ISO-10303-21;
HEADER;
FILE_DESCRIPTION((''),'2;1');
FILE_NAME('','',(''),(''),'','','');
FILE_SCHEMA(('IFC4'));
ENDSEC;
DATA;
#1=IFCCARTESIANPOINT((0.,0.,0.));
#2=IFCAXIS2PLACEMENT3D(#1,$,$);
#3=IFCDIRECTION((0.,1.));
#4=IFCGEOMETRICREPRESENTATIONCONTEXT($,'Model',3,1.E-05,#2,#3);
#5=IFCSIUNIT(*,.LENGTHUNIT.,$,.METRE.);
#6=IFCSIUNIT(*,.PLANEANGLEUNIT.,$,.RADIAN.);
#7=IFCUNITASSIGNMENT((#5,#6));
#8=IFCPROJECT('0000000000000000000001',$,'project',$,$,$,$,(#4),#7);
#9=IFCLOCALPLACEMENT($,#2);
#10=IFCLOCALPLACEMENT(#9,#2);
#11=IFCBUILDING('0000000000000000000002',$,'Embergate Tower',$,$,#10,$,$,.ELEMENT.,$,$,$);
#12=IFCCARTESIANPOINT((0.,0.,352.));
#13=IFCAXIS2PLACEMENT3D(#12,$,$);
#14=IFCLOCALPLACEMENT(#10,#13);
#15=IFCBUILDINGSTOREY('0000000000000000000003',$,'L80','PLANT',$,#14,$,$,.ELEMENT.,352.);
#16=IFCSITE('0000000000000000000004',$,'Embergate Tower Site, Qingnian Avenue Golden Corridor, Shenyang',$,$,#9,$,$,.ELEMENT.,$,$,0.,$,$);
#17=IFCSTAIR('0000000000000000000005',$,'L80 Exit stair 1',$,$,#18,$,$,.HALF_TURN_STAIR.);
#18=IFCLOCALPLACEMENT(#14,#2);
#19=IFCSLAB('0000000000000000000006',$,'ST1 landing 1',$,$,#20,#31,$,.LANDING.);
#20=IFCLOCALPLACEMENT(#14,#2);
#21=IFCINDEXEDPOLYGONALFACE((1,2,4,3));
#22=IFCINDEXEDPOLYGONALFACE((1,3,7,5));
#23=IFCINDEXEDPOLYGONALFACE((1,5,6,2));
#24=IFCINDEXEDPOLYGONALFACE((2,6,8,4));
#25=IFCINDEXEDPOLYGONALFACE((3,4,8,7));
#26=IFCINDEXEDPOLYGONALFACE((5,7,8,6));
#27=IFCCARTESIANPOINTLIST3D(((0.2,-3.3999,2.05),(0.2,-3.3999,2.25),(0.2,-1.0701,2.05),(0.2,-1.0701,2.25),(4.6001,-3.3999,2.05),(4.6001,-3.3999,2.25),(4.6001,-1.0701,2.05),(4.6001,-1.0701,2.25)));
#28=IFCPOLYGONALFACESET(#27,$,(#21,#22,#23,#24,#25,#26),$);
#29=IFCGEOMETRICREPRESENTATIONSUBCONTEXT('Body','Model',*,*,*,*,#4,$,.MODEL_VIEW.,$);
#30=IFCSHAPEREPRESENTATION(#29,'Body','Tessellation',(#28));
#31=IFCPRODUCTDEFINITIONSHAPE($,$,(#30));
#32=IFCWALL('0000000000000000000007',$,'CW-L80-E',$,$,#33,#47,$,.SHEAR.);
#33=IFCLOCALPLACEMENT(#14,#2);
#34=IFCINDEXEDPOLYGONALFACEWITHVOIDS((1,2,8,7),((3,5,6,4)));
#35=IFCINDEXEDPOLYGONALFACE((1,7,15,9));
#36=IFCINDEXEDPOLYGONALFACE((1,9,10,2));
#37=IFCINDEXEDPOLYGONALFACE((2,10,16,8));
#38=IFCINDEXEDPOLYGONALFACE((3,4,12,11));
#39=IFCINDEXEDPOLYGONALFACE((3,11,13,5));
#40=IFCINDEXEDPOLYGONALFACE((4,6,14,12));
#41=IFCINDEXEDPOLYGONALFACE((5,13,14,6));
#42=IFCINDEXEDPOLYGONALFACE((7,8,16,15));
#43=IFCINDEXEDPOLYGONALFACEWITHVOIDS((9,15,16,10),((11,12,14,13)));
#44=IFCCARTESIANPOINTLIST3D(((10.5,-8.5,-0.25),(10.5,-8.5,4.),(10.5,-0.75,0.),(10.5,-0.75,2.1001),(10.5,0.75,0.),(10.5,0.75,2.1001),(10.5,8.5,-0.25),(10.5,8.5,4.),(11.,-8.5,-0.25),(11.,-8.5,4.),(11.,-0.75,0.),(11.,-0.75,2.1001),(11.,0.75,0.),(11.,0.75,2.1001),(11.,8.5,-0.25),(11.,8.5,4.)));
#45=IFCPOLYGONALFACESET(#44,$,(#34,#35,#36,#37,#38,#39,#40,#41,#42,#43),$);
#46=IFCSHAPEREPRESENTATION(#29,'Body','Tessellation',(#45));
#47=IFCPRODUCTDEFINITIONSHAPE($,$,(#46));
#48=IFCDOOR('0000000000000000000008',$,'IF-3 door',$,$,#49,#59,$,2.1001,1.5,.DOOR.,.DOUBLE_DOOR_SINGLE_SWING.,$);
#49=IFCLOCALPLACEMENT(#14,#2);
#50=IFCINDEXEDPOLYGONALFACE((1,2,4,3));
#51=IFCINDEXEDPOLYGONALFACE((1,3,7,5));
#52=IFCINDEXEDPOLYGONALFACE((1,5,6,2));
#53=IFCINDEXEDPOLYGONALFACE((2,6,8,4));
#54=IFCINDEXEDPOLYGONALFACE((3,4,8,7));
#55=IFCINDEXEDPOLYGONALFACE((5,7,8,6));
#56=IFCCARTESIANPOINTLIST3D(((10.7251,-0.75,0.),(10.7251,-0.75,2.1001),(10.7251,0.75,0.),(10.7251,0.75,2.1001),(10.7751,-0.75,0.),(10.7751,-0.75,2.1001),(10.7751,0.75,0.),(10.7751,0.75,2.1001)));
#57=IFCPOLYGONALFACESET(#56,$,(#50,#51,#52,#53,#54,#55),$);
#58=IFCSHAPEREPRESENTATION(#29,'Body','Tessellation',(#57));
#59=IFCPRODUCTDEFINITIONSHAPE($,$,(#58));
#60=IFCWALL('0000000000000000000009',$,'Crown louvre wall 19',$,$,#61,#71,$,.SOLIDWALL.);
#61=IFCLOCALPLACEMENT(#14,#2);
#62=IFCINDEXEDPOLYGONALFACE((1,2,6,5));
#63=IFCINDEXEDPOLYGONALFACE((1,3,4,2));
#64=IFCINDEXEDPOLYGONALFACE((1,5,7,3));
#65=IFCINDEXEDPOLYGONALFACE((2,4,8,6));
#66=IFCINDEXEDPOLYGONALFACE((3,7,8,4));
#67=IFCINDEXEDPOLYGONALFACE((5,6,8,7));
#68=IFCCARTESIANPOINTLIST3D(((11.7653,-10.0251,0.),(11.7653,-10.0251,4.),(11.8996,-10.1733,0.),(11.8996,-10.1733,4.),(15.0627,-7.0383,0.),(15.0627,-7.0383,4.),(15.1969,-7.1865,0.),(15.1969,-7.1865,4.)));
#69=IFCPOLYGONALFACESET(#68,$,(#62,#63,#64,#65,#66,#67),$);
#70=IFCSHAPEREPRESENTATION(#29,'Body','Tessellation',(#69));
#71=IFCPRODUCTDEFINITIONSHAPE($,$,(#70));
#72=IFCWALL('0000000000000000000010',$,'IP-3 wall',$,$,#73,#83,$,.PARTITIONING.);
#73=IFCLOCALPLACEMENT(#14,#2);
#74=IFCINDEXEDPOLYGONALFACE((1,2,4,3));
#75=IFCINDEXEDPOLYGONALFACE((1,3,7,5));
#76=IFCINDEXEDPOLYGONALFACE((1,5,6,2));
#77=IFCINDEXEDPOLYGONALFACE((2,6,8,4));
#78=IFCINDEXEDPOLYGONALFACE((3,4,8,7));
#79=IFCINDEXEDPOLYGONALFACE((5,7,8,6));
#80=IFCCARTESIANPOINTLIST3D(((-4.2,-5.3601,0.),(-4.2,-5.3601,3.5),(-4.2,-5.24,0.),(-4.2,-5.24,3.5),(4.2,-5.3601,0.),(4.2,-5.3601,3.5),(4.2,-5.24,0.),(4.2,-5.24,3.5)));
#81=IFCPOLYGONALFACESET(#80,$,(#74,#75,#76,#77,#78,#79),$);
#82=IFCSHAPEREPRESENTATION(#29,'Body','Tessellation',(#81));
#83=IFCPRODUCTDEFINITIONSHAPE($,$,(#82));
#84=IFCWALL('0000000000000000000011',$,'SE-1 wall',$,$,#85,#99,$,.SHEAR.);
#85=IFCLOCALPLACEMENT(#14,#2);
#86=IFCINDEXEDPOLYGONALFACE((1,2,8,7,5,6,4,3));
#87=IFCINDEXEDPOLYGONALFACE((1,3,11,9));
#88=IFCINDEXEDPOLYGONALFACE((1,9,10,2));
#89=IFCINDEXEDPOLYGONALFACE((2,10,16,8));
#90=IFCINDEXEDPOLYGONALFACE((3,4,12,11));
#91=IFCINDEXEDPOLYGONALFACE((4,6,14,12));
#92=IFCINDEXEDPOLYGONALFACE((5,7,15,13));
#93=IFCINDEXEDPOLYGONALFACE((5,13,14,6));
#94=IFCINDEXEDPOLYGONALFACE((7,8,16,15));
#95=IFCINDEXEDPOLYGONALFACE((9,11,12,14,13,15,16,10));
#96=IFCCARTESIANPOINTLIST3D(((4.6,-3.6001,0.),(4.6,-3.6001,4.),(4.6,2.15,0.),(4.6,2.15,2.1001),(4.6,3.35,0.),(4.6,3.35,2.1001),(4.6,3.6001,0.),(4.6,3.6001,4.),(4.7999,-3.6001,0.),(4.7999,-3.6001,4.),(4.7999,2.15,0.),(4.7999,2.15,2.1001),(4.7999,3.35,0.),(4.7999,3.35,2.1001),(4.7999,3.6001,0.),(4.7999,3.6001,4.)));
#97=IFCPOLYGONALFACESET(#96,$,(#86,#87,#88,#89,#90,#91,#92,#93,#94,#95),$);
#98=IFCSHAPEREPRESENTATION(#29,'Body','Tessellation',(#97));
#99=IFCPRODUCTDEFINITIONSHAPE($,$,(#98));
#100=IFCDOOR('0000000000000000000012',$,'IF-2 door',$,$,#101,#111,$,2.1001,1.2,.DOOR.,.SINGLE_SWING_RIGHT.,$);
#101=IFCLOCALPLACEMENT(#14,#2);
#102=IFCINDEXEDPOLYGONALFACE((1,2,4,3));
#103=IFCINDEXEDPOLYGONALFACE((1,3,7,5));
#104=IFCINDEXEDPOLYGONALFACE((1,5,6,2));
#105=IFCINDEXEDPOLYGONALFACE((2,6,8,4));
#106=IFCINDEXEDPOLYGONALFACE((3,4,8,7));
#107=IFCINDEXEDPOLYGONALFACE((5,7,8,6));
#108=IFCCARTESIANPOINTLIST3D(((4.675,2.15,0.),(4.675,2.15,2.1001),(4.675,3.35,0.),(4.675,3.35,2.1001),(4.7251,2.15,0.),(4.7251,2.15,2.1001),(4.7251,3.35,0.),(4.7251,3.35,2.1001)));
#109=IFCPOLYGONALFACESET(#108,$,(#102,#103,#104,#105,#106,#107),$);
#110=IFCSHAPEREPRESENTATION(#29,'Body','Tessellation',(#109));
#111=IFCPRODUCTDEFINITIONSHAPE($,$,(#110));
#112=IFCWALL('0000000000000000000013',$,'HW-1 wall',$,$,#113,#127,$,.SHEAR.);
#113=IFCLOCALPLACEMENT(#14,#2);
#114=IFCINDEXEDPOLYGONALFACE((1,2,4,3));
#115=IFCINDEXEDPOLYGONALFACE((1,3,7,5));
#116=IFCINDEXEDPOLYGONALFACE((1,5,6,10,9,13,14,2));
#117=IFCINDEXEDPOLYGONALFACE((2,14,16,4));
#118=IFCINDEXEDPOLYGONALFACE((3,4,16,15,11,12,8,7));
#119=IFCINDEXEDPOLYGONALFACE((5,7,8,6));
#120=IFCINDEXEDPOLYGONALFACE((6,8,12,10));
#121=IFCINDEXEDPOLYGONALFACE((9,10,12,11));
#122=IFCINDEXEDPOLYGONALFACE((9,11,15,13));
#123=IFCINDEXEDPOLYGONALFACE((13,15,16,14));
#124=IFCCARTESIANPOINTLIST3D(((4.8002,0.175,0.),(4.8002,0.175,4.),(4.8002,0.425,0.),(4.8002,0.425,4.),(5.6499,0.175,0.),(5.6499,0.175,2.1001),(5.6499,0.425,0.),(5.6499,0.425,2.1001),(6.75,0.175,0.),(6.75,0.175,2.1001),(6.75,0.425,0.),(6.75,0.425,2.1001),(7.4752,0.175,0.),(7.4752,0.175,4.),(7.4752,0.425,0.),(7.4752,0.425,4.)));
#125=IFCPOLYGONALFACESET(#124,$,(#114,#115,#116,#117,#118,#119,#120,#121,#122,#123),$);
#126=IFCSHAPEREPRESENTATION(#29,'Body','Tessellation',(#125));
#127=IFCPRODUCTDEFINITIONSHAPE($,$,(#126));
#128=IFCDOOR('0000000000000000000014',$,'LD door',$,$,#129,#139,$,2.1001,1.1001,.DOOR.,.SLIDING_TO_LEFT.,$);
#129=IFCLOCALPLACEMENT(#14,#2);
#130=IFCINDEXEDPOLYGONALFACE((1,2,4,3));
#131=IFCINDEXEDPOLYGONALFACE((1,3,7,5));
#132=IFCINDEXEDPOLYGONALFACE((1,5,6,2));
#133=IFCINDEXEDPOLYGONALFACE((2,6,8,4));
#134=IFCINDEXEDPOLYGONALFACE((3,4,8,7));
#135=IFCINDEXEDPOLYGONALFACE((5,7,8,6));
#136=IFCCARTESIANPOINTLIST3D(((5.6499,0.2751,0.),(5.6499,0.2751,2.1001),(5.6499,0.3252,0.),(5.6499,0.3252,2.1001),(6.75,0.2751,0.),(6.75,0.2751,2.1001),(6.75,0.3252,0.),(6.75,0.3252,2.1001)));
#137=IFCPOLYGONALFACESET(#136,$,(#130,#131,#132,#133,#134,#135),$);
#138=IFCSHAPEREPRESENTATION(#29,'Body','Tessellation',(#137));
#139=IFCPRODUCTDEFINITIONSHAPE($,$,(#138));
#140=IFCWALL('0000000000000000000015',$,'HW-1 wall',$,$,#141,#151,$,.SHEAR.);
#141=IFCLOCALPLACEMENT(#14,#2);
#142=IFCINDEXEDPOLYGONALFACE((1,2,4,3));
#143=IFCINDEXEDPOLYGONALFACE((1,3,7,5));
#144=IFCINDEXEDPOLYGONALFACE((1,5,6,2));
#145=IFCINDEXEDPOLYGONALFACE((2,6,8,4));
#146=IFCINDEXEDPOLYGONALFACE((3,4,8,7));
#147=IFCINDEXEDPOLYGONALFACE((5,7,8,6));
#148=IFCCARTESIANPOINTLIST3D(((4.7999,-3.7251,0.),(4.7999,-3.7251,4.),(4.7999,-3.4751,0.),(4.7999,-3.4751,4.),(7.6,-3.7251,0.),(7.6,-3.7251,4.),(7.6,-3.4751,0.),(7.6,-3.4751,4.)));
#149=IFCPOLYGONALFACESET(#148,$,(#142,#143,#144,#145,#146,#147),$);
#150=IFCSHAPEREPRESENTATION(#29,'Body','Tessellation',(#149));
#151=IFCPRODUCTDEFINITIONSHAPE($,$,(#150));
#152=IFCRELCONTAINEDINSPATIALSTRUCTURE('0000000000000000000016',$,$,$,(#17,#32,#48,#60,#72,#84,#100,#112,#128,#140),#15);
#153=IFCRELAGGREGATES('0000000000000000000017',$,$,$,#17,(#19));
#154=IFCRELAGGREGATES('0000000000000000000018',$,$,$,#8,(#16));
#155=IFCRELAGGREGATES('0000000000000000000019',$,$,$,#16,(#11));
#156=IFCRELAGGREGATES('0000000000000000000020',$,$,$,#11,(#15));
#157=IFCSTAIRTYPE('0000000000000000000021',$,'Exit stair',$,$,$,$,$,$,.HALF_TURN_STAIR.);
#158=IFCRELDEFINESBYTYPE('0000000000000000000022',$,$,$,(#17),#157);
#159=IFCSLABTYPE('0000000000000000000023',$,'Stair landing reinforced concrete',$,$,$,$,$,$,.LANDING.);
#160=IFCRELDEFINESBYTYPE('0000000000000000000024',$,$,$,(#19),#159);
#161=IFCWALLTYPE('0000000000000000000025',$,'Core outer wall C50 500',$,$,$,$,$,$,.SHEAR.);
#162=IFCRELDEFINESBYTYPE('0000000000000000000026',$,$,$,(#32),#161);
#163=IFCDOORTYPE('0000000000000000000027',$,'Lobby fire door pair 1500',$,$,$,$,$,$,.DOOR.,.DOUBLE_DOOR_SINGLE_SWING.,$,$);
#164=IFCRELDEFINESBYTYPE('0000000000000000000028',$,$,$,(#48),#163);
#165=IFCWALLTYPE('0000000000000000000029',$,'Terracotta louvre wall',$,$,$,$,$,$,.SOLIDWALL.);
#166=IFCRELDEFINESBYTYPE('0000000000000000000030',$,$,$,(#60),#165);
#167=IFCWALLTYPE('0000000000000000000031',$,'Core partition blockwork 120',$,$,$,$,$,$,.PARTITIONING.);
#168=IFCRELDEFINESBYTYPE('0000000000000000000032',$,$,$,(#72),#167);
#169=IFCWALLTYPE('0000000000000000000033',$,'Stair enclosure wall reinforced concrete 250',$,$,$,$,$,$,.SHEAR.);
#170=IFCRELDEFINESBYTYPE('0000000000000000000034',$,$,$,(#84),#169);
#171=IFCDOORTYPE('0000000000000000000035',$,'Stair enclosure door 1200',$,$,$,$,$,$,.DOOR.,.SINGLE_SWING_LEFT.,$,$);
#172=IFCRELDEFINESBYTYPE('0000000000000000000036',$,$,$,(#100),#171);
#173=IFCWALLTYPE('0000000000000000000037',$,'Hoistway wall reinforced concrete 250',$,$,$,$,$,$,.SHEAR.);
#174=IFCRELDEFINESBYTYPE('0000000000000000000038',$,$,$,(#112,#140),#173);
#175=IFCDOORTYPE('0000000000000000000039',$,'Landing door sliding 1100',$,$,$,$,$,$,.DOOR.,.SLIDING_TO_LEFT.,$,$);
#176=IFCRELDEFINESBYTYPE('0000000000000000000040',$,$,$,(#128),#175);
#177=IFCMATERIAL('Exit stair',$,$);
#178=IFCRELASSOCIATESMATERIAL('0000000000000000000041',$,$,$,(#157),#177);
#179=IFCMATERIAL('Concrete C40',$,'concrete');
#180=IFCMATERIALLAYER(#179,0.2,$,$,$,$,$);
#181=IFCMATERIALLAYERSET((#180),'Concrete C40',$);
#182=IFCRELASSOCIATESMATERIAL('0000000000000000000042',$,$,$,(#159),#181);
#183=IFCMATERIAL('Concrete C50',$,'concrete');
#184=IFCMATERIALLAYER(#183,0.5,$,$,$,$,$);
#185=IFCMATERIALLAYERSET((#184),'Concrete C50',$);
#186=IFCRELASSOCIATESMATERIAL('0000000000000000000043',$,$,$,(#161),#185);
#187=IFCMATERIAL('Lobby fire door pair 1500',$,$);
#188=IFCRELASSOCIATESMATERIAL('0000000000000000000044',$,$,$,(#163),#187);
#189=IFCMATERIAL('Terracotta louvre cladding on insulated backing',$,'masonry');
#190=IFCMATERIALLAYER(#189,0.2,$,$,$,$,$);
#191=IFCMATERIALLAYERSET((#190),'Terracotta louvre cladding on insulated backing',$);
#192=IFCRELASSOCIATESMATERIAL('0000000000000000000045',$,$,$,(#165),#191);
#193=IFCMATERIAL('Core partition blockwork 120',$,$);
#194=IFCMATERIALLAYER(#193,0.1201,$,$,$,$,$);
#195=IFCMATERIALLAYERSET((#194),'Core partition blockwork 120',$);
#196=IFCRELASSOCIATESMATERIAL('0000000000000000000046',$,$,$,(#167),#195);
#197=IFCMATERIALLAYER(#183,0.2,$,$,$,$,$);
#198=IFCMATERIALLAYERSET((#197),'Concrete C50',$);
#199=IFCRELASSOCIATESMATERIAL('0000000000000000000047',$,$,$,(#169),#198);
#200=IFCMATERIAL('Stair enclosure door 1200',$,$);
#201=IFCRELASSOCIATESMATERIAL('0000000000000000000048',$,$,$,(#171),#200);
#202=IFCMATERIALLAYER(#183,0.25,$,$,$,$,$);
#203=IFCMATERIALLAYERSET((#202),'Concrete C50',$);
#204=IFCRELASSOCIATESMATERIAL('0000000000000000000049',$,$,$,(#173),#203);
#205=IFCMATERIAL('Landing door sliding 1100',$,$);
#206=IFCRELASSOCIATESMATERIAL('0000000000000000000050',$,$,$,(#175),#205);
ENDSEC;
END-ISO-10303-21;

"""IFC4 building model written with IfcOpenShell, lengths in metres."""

from ifc_helpers import new_model, si_unit, direction, frame, frame_2d, origin, place, context, subcontext, project, spatial, polyline, rectangle, outline, extrude, source, transform, mapped, material, layer, layer_set, type_object, element, fill, aggregate, save


model = new_model("IFC4")

# Units and contexts
model_context = context("Model", 3, precision=1e-05, world=origin(), true_north=direction((0.0, 1.0)))
body_context = subcontext(model_context, "Body", "Model", "MODEL_VIEW")
ifc_project = project(units=[si_unit("LENGTHUNIT", "METRE"), si_unit("PLANEANGLEUNIT", "RADIAN")], contexts=[model_context])

# Site, building, storey
site_placement = place(None, origin())
site = spatial("IfcSite", under=ifc_project, at=site_placement, Name="Embergate Tower Site, Qingnian Avenue Golden Corridor, Shenyang", CompositionType="ELEMENT", RefElevation=0.0)
building_placement = place(site_placement, origin())
building = spatial("IfcBuilding", under=site, at=building_placement, Name="Embergate Tower", CompositionType="ELEMENT")
storey_placement = place(building_placement, frame((0.0, 0.0, 352.0)))
storey = spatial("IfcBuildingStorey", under=building, at=storey_placement, Name="L80", Description="PLANT", CompositionType="ELEMENT", Elevation=352.0)

# Stair, slab
ifc_material_1 = material(Name="Exit stair")
stair_type = type_object("IfcStairType", Name="Exit stair", PredefinedType="HALF_TURN_STAIR", material=ifc_material_1)
stair_1_placement = place(storey_placement, origin())
stair_1 = element("IfcStair", 1, at=stair_1_placement, inside=storey, type_object=stair_type, Name="L80 Exit stair 1", PredefinedType="HALF_TURN_STAIR")
ifc_material_2 = material(Name="Concrete C40", Category="concrete")
ifc_layer_1 = layer(ifc_material_2, 0.2)
ifc_layer_set_1 = layer_set([ifc_layer_1], Name="Concrete C40")
slab_type = type_object("IfcSlabType", Name="Stair landing reinforced concrete", PredefinedType="LANDING", material=ifc_layer_set_1)
shared_shape_1 = source(origin(), body_context, "Body", "SweptSolid", [
    extrude(outline(polyline([(0.0, 0.0), (4.4001, 0.0), (4.4001, 2.3298), (0.0, 2.3298), (0.0, 0.0)])), origin(), (0.0, 0.0, 1.0), 0.2),
])
slab_placement = place(storey_placement, frame((0.2, -3.3999, 2.05)))
slab = element("IfcSlab", 2, at=slab_placement, type_object=slab_type, Name="ST1 landing 1", PredefinedType="LANDING", context=body_context, shape_type="MappedRepresentation", body=[
    mapped(shared_shape_1, transform((0.0, 0.0, 0.0))),
])

# Wall, opening, door
ifc_material_3 = material(Name="Concrete C50", Category="concrete")
ifc_layer_2 = layer(ifc_material_3, 0.5)
ifc_layer_set_2 = layer_set([ifc_layer_2], Name="Concrete C50")
wall_type_1 = type_object("IfcWallType", Name="Core outer wall C50 500", PredefinedType="SHEAR", material=ifc_layer_set_2)
shared_shape_2 = source(origin(), body_context, "Body", "SweptSolid", [
    extrude(rectangle(XDim=17.0, YDim=0.5, at=frame_2d((8.5, 0.0))), origin(), (0.0, 0.0, 1.0), 4.25),
])
wall_1_placement = place(storey_placement, frame((10.75, -8.5, -0.25), z_axis=(0.0, 0.0, 1.0), x_axis=(0.0, 1.0, 0.0)))
wall_1 = element("IfcWall", 3, at=wall_1_placement, inside=storey, type_object=wall_type_1, Name="CW-L80-E", PredefinedType="SHEAR", context=body_context, shape_type="MappedRepresentation", body=[
    mapped(shared_shape_2, transform((0.0, 0.0, 0.0))),
])
shared_shape_3 = source(origin(), body_context, "Body", "SweptSolid", [
    extrude(rectangle(XDim=1.5, YDim=2.1001, at=frame_2d((0.75, 1.05))), frame((0.0, 0.26, 0.0), z_axis=(0.0, -1.0, 0.0), x_axis=(1.0, 0.0, 0.0)), (0.0, 0.0, 1.0), 0.52),
])
opening_1_placement = place(wall_1_placement, frame((7.75, 0.0, 0.25)))
opening_1 = element("IfcOpeningElement", 4, at=opening_1_placement, cuts=wall_1, PredefinedType="OPENING", context=body_context, shape_type="MappedRepresentation", body=[
    mapped(shared_shape_3, transform((0.0, 0.0, 0.0))),
])
ifc_material_4 = material(Name="Lobby fire door pair 1500")
door_type_1 = type_object("IfcDoorType", Name="Lobby fire door pair 1500", OperationType="DOUBLE_DOOR_SINGLE_SWING", PredefinedType="DOOR", material=ifc_material_4)
shared_shape_4 = source(origin(), body_context, "Body", "SweptSolid", [
    extrude(rectangle(XDim=1.5, YDim=2.1001, at=frame_2d((0.75, 1.05))), frame((0.0, 0.0249, 0.0), z_axis=(0.0, -1.0, 0.0), x_axis=(1.0, 0.0, 0.0)), (0.0, 0.0, 1.0), 0.05),
])
door_1_placement = place(opening_1_placement, origin())
door_1 = element("IfcDoor", 5, at=door_1_placement, inside=storey, type_object=door_type_1, Name="IF-3 door", OperationType="DOUBLE_DOOR_SINGLE_SWING", OverallHeight=2.1001, OverallWidth=1.5, PredefinedType="DOOR", context=body_context, shape_type="MappedRepresentation", body=[
    mapped(shared_shape_4, transform((0.0, 0.0, 0.0))),
])
fill(opening_1, door_1)

# Walls
ifc_material_5 = material(Name="Terracotta louvre cladding on insulated backing", Category="masonry")
ifc_layer_3 = layer(ifc_material_5, 0.2)
ifc_layer_set_3 = layer_set([ifc_layer_3], Name="Terracotta louvre cladding on insulated backing")
wall_type_2 = type_object("IfcWallType", Name="Terracotta louvre wall", PredefinedType="SOLIDWALL", material=ifc_layer_set_3)
shared_shape_5 = source(origin(), body_context, "Body", "SweptSolid", [
    extrude(rectangle(XDim=4.449, YDim=0.2, at=frame_2d((2.2246, 0.0))), origin(), (0.0, 0.0, 1.0), 4.0),
])
wall_2_placement = place(storey_placement, frame((15.1299, -7.1123, 0.0), z_axis=(0.0, 0.0, 1.0), x_axis=(-0.741146, -0.671344, 0.0)))
element("IfcWall", 6, at=wall_2_placement, inside=storey, type_object=wall_type_2, Name="Crown louvre wall 19", PredefinedType="SOLIDWALL", context=body_context, shape_type="MappedRepresentation", body=[
    mapped(shared_shape_5, transform((0.0, 0.0, 0.0))),
])
ifc_material_6 = material(Name="Core partition blockwork 120")
ifc_layer_4 = layer(ifc_material_6, 0.1201)
ifc_layer_set_4 = layer_set([ifc_layer_4], Name="Core partition blockwork 120")
wall_type_3 = type_object("IfcWallType", Name="Core partition blockwork 120", PredefinedType="PARTITIONING", material=ifc_layer_set_4)
shared_shape_6 = source(origin(), body_context, "Body", "SweptSolid", [
    extrude(rectangle(XDim=8.3999, YDim=0.1201, at=frame_2d((4.2, 0.0))), origin(), (0.0, 0.0, 1.0), 3.5),
])
wall_3_placement = place(storey_placement, frame((4.2, -5.3, 0.0), z_axis=(0.0, 0.0, 1.0), x_axis=(-1.0, 0.0, 0.0)))
element("IfcWall", 7, at=wall_3_placement, inside=storey, type_object=wall_type_3, Name="IP-3 wall", PredefinedType="PARTITIONING", context=body_context, shape_type="MappedRepresentation", body=[
    mapped(shared_shape_6, transform((0.0, 0.0, 0.0))),
])

# Walls, openings, doors
ifc_layer_5 = layer(ifc_material_3, 0.2)
ifc_layer_set_5 = layer_set([ifc_layer_5], Name="Concrete C50")
wall_type_4 = type_object("IfcWallType", Name="Stair enclosure wall reinforced concrete 250", PredefinedType="SHEAR", material=ifc_layer_set_5)
shared_shape_7 = source(origin(), body_context, "Body", "SweptSolid", [
    extrude(rectangle(XDim=7.2002, YDim=0.2, at=frame_2d((3.6001, 0.0))), origin(), (0.0, 0.0, 1.0), 4.0),
])
wall_4_placement = place(storey_placement, frame((4.7, -3.6001, 0.0), z_axis=(0.0, 0.0, 1.0), x_axis=(0.0, 1.0, 0.0)))
wall_4 = element("IfcWall", 8, at=wall_4_placement, inside=storey, type_object=wall_type_4, Name="SE-1 wall", PredefinedType="SHEAR", context=body_context, shape_type="MappedRepresentation", body=[
    mapped(shared_shape_7, transform((0.0, 0.0, 0.0))),
])
shared_shape_8 = source(origin(), body_context, "Body", "SweptSolid", [
    extrude(rectangle(XDim=1.2, YDim=2.1001, at=frame_2d((0.6001, 1.05))), frame((0.0, 0.1099, 0.0), z_axis=(0.0, -1.0, 0.0), x_axis=(1.0, 0.0, 0.0)), (0.0, 0.0, 1.0), 0.22),
])
opening_2_placement = place(wall_4_placement, frame((5.75, 0.0, 0.0)))
opening_2 = element("IfcOpeningElement", 9, at=opening_2_placement, cuts=wall_4, PredefinedType="OPENING", context=body_context, shape_type="MappedRepresentation", body=[
    mapped(shared_shape_8, transform((0.0, 0.0, 0.0))),
])
ifc_material_7 = material(Name="Stair enclosure door 1200")
door_type_2 = type_object("IfcDoorType", Name="Stair enclosure door 1200", OperationType="SINGLE_SWING_LEFT", PredefinedType="DOOR", material=ifc_material_7)
shared_shape_9 = source(origin(), body_context, "Body", "SweptSolid", [
    extrude(rectangle(XDim=1.2, YDim=2.1001, at=frame_2d((0.6001, 1.05))), frame((0.0, 0.0249, 0.0), z_axis=(0.0, -1.0, 0.0), x_axis=(1.0, 0.0, 0.0)), (0.0, 0.0, 1.0), 0.05),
])
door_2_placement = place(opening_2_placement, origin())
door_2 = element("IfcDoor", 10, at=door_2_placement, inside=storey, type_object=door_type_2, Name="IF-2 door", OperationType="SINGLE_SWING_RIGHT", OverallHeight=2.1001, OverallWidth=1.2, PredefinedType="DOOR", context=body_context, shape_type="MappedRepresentation", body=[
    mapped(shared_shape_9, transform((0.0, 0.0, 0.0))),
])
fill(opening_2, door_2)
ifc_layer_6 = layer(ifc_material_3, 0.25)
ifc_layer_set_6 = layer_set([ifc_layer_6], Name="Concrete C50")
wall_type_5 = type_object("IfcWallType", Name="Hoistway wall reinforced concrete 250", PredefinedType="SHEAR", material=ifc_layer_set_6)
shared_shape_10 = source(origin(), body_context, "Body", "SweptSolid", [
    extrude(rectangle(XDim=2.675, YDim=0.25, at=frame_2d((1.3374, 0.0))), origin(), (0.0, 0.0, 1.0), 4.0),
])
wall_5_placement = place(storey_placement, frame((7.4751, 0.3, 0.0), z_axis=(0.0, 0.0, 1.0), x_axis=(-1.0, 0.0, 0.0)))
wall_5 = element("IfcWall", 11, at=wall_5_placement, inside=storey, type_object=wall_type_5, Name="HW-1 wall", PredefinedType="SHEAR", context=body_context, shape_type="MappedRepresentation", body=[
    mapped(shared_shape_10, transform((0.0, 0.0, 0.0))),
])
shared_shape_11 = source(origin(), body_context, "Body", "SweptSolid", [
    extrude(rectangle(XDim=1.1001, YDim=2.1001, at=frame_2d((0.55, 1.05))), frame((0.0, 0.135, 0.0), z_axis=(0.0, -1.0, 0.0), x_axis=(1.0, 0.0, 0.0)), (0.0, 0.0, 1.0), 0.27),
])
opening_3_placement = place(wall_5_placement, frame((0.7251, 0.0, 0.0)))
opening_3 = element("IfcOpeningElement", 12, at=opening_3_placement, cuts=wall_5, PredefinedType="OPENING", context=body_context, shape_type="MappedRepresentation", body=[
    mapped(shared_shape_11, transform((0.0, 0.0, 0.0))),
])
ifc_material_8 = material(Name="Landing door sliding 1100")
door_type_3 = type_object("IfcDoorType", Name="Landing door sliding 1100", OperationType="SLIDING_TO_LEFT", PredefinedType="DOOR", material=ifc_material_8)
shared_shape_12 = source(origin(), body_context, "Body", "SweptSolid", [
    extrude(rectangle(XDim=1.1001, YDim=2.1001, at=frame_2d((0.55, 1.05))), frame((0.0, 0.0249, 0.0), z_axis=(0.0, -1.0, 0.0), x_axis=(1.0, 0.0, 0.0)), (0.0, 0.0, 1.0), 0.05),
])
door_3_placement = place(opening_3_placement, origin())
door_3 = element("IfcDoor", 13, at=door_3_placement, inside=storey, type_object=door_type_3, Name="LD door", OperationType="SLIDING_TO_LEFT", OverallHeight=2.1001, OverallWidth=1.1001, PredefinedType="DOOR", context=body_context, shape_type="MappedRepresentation", body=[
    mapped(shared_shape_12, transform((0.0, 0.0, 0.0))),
])
fill(opening_3, door_3)

# Wall
shared_shape_13 = source(origin(), body_context, "Body", "SweptSolid", [
    extrude(rectangle(XDim=2.8, YDim=0.25, at=frame_2d((1.3999, 0.0))), origin(), (0.0, 0.0, 1.0), 4.0),
])
wall_6_placement = place(storey_placement, frame((4.8, -3.6001, 0.0), z_axis=(0.0, 0.0, 1.0), x_axis=(1.0, 0.0, 0.0)))
element("IfcWall", 14, at=wall_6_placement, inside=storey, type_object=wall_type_5, Name="HW-1 wall", PredefinedType="SHEAR", context=body_context, shape_type="MappedRepresentation", body=[
    mapped(shared_shape_13, transform((0.0, 0.0, 0.0))),
])

aggregate(stair_1, [slab])

save(model, "model.ifc")
